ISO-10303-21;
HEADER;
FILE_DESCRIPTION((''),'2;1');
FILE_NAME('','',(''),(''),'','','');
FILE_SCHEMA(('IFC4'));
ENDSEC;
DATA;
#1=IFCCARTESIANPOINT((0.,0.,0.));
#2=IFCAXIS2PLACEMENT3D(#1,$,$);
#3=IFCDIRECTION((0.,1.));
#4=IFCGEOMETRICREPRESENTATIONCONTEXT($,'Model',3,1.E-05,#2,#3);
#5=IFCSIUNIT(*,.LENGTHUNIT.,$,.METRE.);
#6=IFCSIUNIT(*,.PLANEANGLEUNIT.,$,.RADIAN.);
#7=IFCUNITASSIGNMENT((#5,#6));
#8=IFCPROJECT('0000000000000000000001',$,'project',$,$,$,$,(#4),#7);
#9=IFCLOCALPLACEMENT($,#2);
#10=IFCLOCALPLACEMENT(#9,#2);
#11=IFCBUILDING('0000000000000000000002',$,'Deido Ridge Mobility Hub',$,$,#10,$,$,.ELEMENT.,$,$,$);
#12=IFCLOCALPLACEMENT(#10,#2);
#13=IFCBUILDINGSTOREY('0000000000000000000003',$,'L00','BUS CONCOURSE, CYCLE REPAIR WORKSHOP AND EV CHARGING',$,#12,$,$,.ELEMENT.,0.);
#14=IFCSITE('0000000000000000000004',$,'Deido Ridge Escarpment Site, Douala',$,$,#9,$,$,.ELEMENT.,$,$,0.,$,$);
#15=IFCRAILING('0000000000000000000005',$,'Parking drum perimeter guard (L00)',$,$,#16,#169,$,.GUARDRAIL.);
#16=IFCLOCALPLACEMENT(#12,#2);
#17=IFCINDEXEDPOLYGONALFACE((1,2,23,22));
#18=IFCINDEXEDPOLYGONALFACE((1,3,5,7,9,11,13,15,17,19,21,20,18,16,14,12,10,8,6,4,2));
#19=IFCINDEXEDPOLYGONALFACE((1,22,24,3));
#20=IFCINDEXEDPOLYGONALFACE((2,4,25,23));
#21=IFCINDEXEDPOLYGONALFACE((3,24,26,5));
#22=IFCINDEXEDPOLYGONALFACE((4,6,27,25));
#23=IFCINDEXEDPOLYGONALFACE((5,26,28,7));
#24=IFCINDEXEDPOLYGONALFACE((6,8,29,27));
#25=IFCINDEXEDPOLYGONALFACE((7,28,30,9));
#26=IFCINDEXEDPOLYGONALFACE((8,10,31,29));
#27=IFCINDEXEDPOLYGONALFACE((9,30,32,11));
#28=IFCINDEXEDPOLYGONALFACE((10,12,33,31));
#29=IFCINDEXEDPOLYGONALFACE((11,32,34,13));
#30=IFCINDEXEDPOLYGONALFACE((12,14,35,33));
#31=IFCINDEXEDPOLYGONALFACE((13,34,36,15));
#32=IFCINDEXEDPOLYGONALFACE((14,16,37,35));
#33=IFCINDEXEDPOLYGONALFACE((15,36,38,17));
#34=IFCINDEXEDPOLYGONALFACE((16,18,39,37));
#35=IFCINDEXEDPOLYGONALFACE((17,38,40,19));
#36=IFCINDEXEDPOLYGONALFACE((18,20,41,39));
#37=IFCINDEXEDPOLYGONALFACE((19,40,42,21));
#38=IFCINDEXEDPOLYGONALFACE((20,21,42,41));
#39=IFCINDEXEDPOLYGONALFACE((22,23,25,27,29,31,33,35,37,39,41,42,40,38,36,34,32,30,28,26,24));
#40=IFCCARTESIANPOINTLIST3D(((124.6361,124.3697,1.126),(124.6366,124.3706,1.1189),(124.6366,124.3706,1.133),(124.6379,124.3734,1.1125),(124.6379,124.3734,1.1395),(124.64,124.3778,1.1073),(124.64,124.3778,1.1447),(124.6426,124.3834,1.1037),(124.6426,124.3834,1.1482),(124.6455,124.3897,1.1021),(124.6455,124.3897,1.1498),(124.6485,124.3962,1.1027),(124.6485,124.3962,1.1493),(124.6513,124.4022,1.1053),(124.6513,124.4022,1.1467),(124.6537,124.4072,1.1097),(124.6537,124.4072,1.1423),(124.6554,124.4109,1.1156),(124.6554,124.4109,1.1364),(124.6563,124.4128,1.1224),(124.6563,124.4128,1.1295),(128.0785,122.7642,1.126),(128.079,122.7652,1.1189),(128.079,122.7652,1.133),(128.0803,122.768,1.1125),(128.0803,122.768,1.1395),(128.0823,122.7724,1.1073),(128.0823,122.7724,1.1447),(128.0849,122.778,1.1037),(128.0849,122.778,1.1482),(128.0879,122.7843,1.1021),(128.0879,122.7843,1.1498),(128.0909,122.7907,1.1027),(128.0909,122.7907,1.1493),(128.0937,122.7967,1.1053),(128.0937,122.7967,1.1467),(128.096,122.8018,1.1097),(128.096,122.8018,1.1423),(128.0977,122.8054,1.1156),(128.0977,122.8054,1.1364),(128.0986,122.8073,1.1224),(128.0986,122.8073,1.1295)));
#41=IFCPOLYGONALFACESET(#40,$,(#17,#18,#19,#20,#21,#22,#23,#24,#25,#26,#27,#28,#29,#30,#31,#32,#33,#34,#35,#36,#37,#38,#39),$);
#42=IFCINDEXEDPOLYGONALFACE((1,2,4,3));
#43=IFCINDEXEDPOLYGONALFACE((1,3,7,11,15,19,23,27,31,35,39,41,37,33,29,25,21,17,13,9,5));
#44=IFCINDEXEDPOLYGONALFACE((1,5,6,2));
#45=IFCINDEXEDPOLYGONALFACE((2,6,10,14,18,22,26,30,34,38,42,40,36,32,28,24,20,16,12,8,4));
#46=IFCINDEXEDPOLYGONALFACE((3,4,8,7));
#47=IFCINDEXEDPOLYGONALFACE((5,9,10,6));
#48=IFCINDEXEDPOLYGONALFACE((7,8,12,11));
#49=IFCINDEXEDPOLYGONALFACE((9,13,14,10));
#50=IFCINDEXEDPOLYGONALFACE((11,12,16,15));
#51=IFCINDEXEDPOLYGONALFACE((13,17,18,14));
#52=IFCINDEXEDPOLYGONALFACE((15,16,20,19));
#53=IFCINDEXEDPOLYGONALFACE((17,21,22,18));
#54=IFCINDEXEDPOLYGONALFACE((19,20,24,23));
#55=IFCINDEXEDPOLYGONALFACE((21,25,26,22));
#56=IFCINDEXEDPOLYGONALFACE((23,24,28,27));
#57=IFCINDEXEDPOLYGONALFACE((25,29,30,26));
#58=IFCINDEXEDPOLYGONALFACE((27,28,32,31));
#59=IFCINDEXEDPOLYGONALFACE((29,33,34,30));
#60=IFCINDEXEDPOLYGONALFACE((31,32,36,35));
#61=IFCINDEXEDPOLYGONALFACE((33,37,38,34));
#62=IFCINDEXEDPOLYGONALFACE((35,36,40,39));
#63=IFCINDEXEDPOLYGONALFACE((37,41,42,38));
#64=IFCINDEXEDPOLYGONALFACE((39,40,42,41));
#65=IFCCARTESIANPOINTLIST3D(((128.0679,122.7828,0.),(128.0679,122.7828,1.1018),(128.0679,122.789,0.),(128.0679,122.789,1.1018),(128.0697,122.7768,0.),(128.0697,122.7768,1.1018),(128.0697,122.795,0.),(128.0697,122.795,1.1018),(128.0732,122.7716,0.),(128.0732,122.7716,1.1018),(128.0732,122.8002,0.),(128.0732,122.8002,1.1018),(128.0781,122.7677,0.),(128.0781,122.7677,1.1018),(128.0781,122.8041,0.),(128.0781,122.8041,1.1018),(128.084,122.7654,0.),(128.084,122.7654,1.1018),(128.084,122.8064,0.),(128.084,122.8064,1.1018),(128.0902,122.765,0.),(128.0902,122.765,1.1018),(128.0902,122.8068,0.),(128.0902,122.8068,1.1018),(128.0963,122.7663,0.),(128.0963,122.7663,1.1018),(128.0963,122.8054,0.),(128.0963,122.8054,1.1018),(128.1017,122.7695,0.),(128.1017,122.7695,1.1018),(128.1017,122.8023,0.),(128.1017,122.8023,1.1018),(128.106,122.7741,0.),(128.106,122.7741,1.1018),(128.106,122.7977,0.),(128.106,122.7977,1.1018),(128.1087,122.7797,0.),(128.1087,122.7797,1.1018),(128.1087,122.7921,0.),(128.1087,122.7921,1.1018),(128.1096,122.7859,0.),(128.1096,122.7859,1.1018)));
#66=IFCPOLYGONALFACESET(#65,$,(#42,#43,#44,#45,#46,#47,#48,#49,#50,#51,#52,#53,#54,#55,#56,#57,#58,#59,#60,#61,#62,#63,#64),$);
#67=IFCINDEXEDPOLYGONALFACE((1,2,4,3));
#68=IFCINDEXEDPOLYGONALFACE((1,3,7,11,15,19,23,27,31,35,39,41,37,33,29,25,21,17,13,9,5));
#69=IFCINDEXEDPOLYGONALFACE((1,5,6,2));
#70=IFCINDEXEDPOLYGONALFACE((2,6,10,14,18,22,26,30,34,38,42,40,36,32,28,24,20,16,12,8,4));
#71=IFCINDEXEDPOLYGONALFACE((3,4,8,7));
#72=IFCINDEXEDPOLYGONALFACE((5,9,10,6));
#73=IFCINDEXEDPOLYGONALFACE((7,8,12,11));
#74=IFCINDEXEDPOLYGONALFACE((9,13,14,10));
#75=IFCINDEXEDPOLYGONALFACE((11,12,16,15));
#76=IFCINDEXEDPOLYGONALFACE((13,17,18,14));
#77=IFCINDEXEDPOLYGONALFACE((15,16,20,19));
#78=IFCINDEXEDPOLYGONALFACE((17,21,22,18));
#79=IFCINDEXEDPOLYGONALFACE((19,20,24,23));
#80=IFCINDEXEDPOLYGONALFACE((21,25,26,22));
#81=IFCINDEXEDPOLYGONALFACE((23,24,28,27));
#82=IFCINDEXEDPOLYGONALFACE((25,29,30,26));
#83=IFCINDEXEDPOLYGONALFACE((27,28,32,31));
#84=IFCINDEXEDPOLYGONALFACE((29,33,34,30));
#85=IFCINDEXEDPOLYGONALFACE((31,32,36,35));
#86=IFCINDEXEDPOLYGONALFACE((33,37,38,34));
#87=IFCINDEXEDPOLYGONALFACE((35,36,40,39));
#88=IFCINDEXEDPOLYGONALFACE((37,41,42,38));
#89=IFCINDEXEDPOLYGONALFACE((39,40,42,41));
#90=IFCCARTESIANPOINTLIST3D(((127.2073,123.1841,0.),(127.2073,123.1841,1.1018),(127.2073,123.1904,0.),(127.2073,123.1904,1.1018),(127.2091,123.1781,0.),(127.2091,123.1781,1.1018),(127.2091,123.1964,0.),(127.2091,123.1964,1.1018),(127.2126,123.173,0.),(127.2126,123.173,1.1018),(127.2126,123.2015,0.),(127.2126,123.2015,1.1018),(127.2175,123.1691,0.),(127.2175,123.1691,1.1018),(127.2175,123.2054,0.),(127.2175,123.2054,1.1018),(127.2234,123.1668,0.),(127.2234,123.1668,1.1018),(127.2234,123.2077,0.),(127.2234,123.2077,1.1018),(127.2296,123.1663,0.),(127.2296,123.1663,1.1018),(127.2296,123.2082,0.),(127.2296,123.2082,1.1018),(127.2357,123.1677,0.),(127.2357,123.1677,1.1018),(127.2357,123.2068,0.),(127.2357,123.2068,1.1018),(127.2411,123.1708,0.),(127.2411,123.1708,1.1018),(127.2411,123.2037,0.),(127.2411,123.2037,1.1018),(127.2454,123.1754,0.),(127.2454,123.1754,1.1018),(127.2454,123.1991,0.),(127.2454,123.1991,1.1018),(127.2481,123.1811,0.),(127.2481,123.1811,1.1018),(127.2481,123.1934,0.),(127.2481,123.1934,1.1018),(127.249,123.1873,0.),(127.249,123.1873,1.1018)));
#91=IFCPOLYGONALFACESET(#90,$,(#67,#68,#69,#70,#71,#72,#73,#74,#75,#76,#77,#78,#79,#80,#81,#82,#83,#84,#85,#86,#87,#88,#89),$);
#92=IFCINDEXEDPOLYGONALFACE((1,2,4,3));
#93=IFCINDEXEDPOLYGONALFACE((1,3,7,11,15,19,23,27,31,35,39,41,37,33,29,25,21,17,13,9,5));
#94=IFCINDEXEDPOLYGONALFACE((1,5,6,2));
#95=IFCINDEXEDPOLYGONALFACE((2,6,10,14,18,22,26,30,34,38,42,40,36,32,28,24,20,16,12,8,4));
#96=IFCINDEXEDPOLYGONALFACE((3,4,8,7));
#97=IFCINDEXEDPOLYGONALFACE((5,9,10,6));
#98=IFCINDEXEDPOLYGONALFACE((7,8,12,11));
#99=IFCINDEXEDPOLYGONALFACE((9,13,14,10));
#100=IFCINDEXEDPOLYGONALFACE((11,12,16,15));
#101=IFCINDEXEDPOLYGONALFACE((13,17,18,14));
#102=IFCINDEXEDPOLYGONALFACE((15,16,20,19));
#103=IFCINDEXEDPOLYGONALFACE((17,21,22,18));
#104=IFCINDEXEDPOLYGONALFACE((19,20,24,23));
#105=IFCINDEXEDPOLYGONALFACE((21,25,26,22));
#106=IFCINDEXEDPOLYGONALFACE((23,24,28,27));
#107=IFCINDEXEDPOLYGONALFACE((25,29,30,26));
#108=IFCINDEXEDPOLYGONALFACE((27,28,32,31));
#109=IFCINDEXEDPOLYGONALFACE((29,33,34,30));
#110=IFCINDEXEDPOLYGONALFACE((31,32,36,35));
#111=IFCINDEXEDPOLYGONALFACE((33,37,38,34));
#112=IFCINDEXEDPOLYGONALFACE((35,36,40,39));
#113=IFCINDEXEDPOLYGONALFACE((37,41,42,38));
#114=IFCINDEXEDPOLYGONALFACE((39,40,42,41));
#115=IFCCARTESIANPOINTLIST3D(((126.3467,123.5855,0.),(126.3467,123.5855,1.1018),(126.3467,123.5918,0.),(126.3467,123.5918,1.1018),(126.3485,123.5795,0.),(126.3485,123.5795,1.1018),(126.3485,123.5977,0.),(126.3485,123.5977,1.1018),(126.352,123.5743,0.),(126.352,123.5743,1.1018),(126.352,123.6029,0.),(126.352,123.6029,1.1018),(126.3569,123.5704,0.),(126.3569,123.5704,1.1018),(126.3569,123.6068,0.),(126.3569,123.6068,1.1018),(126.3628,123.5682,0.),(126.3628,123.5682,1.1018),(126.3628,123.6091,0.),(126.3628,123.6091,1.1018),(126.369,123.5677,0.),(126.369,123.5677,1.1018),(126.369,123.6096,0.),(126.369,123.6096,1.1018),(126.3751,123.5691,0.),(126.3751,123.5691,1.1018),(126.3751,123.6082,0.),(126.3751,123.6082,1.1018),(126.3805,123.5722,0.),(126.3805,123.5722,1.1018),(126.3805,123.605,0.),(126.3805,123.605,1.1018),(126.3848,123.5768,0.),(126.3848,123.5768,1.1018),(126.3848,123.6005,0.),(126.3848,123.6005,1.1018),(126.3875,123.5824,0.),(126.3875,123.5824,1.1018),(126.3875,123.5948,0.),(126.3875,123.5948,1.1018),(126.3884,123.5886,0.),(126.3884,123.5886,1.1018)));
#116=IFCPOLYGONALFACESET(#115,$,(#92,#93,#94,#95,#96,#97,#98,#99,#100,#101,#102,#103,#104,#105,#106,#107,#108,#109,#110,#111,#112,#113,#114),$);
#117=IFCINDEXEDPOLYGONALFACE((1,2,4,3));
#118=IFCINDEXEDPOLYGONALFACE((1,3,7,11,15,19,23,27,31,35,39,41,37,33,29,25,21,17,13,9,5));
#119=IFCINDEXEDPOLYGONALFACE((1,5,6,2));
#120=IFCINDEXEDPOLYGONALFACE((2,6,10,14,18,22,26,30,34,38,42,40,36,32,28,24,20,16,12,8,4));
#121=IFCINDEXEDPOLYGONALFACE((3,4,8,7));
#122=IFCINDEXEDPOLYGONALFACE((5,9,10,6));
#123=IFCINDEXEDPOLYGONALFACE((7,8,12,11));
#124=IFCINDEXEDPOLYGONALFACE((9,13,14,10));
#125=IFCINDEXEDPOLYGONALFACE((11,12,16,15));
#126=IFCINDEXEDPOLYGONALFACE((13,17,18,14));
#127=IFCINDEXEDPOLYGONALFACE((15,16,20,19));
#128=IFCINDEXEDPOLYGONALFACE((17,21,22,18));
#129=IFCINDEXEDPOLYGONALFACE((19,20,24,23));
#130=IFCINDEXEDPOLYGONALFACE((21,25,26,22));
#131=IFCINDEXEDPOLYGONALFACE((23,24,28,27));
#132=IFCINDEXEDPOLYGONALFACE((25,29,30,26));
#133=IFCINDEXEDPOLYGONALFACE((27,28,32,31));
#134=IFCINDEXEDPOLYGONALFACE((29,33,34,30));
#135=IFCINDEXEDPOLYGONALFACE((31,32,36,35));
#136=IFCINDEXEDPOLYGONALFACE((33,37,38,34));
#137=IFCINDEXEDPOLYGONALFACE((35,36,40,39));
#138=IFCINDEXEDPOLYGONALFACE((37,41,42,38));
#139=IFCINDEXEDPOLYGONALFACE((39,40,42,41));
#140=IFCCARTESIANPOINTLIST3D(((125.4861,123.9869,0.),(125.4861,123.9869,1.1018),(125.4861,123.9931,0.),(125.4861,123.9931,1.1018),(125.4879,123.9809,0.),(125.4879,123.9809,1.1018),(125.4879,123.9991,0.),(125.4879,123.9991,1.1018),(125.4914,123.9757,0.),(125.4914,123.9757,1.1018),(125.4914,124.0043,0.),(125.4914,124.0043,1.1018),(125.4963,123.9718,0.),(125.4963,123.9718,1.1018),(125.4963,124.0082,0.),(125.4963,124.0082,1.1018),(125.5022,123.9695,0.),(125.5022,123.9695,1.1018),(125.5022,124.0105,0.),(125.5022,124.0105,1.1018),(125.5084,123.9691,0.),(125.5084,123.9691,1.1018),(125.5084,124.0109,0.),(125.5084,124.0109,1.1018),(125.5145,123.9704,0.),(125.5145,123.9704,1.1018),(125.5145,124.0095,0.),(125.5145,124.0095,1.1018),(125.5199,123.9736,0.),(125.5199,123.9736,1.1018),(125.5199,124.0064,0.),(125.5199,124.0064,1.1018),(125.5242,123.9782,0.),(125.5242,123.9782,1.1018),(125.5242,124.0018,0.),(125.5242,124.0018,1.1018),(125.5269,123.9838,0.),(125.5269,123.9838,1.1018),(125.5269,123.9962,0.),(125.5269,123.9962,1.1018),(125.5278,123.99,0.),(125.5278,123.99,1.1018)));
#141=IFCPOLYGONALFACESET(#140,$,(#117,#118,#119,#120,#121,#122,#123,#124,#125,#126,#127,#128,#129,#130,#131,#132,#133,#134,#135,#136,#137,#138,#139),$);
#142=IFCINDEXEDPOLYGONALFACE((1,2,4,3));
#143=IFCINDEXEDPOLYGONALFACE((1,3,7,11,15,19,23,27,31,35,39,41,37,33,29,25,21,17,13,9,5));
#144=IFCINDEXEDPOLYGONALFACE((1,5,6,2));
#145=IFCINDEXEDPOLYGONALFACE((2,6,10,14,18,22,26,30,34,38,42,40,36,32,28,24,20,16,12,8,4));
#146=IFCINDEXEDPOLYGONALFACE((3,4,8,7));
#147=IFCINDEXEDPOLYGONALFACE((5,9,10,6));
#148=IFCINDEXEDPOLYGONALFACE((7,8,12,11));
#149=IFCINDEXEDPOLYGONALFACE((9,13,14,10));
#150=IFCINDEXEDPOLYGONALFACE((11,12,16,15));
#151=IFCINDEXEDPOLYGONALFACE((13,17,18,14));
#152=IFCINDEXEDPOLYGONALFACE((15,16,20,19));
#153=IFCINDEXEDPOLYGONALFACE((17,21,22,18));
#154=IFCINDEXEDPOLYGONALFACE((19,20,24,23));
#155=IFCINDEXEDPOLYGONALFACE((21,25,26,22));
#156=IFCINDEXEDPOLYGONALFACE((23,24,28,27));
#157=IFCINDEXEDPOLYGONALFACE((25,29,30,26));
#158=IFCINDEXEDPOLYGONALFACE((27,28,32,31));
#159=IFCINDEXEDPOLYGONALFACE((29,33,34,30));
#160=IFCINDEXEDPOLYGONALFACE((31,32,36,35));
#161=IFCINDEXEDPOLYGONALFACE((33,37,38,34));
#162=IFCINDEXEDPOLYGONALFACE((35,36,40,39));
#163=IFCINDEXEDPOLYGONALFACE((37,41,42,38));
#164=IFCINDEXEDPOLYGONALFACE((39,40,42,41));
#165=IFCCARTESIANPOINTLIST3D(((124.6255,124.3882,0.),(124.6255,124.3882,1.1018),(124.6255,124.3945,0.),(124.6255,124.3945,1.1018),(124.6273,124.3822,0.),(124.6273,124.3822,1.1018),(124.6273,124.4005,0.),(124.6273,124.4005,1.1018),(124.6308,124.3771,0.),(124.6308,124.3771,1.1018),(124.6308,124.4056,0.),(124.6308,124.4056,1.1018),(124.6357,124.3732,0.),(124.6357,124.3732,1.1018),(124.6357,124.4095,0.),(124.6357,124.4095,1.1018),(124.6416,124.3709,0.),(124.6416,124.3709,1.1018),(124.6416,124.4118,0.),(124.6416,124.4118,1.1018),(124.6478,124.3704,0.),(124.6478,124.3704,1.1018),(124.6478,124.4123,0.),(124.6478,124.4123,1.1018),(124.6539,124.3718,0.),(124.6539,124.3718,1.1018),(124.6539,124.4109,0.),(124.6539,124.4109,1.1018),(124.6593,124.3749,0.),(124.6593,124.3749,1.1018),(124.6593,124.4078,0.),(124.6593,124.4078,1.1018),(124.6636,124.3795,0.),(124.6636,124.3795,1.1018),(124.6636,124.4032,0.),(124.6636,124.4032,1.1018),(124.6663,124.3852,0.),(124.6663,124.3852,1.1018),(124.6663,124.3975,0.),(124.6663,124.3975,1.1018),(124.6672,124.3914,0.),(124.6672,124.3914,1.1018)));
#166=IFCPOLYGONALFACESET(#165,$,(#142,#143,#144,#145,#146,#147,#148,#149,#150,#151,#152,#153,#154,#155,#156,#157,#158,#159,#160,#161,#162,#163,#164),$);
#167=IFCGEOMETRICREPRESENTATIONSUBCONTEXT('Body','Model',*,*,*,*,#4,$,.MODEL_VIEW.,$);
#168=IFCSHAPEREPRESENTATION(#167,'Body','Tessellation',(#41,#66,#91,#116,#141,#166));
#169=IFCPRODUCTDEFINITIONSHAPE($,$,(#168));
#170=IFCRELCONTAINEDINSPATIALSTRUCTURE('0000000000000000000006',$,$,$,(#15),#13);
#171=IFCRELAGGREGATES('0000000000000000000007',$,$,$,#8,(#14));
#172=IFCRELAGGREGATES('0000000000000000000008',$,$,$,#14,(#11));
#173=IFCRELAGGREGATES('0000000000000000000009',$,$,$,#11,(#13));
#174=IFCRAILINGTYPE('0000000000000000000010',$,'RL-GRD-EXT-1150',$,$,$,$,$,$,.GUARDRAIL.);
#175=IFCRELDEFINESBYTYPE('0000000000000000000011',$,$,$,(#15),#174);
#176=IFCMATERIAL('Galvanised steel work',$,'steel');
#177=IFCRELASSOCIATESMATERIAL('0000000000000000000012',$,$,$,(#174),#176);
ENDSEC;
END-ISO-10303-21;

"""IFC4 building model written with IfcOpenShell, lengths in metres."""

from ifc_helpers import new_model, si_unit, direction, frame, origin, origin_2d, place, context, subcontext, project, spatial, circle, extrude, material, type_object, element, save


model = new_model("IFC4")

# Units and contexts
model_context = context("Model", 3, precision=1e-05, world=origin(), true_north=direction((0.0, 1.0)))
body_context = subcontext(model_context, "Body", "Model", "MODEL_VIEW")
ifc_project = project(units=[si_unit("LENGTHUNIT", "METRE"), si_unit("PLANEANGLEUNIT", "RADIAN")], contexts=[model_context])

# Site, building, storey
site_placement = place(None, origin())
site = spatial("IfcSite", under=ifc_project, at=site_placement, Name="Deido Ridge Escarpment Site, Douala", CompositionType="ELEMENT", RefElevation=0.0)
building_placement = place(site_placement, origin())
building = spatial("IfcBuilding", under=site, at=building_placement, Name="Deido Ridge Mobility Hub", CompositionType="ELEMENT")
storey_placement = place(building_placement, origin())
storey = spatial("IfcBuildingStorey", under=building, at=storey_placement, Name="L00", Description="BUS CONCOURSE, CYCLE REPAIR WORKSHOP AND EV CHARGING", CompositionType="ELEMENT", Elevation=0.0)

# Railing
ifc_material_1 = material(Name="Galvanised steel work", Category="steel")
railing_type = type_object("IfcRailingType", Name="RL-GRD-EXT-1150", PredefinedType="GUARDRAIL", material=ifc_material_1)
railing_1_placement = place(storey_placement, frame((128.0886, 122.7859, 0.0)))
element("IfcRailing", 1, at=railing_1_placement, inside=storey, type_object=railing_type, Name="Parking drum perimeter guard (L00)", PredefinedType="GUARDRAIL", context=body_context, shape_type="SweptSolid", body=[
    extrude(circle(Radius=0.0239, at=origin_2d()), frame((0.0, 0.0, 1.126), z_axis=(-0.906282, 0.422674, 0.0), x_axis=(-0.422674, -0.906282, 0.0)), (0.0, 0.0, 1.0), 3.7983),
    extrude(circle(Radius=0.021, at=origin_2d()), origin(), (0.0, 0.0, 1.0), 1.1018),
    extrude(circle(Radius=0.021, at=origin_2d()), frame((-0.8606, 0.4014, 0.0)), (0.0, 0.0, 1.0), 1.1018),
    extrude(circle(Radius=0.021, at=origin_2d()), frame((-1.7212, 0.8027, 0.0)), (0.0, 0.0, 1.0), 1.1018),
    extrude(circle(Radius=0.021, at=origin_2d()), frame((-2.5818, 1.2041, 0.0)), (0.0, 0.0, 1.0), 1.1018),
    extrude(circle(Radius=0.021, at=origin_2d()), frame((-3.4424, 1.6055, 0.0)), (0.0, 0.0, 1.0), 1.1018),
])

save(model, "model.ifc")
